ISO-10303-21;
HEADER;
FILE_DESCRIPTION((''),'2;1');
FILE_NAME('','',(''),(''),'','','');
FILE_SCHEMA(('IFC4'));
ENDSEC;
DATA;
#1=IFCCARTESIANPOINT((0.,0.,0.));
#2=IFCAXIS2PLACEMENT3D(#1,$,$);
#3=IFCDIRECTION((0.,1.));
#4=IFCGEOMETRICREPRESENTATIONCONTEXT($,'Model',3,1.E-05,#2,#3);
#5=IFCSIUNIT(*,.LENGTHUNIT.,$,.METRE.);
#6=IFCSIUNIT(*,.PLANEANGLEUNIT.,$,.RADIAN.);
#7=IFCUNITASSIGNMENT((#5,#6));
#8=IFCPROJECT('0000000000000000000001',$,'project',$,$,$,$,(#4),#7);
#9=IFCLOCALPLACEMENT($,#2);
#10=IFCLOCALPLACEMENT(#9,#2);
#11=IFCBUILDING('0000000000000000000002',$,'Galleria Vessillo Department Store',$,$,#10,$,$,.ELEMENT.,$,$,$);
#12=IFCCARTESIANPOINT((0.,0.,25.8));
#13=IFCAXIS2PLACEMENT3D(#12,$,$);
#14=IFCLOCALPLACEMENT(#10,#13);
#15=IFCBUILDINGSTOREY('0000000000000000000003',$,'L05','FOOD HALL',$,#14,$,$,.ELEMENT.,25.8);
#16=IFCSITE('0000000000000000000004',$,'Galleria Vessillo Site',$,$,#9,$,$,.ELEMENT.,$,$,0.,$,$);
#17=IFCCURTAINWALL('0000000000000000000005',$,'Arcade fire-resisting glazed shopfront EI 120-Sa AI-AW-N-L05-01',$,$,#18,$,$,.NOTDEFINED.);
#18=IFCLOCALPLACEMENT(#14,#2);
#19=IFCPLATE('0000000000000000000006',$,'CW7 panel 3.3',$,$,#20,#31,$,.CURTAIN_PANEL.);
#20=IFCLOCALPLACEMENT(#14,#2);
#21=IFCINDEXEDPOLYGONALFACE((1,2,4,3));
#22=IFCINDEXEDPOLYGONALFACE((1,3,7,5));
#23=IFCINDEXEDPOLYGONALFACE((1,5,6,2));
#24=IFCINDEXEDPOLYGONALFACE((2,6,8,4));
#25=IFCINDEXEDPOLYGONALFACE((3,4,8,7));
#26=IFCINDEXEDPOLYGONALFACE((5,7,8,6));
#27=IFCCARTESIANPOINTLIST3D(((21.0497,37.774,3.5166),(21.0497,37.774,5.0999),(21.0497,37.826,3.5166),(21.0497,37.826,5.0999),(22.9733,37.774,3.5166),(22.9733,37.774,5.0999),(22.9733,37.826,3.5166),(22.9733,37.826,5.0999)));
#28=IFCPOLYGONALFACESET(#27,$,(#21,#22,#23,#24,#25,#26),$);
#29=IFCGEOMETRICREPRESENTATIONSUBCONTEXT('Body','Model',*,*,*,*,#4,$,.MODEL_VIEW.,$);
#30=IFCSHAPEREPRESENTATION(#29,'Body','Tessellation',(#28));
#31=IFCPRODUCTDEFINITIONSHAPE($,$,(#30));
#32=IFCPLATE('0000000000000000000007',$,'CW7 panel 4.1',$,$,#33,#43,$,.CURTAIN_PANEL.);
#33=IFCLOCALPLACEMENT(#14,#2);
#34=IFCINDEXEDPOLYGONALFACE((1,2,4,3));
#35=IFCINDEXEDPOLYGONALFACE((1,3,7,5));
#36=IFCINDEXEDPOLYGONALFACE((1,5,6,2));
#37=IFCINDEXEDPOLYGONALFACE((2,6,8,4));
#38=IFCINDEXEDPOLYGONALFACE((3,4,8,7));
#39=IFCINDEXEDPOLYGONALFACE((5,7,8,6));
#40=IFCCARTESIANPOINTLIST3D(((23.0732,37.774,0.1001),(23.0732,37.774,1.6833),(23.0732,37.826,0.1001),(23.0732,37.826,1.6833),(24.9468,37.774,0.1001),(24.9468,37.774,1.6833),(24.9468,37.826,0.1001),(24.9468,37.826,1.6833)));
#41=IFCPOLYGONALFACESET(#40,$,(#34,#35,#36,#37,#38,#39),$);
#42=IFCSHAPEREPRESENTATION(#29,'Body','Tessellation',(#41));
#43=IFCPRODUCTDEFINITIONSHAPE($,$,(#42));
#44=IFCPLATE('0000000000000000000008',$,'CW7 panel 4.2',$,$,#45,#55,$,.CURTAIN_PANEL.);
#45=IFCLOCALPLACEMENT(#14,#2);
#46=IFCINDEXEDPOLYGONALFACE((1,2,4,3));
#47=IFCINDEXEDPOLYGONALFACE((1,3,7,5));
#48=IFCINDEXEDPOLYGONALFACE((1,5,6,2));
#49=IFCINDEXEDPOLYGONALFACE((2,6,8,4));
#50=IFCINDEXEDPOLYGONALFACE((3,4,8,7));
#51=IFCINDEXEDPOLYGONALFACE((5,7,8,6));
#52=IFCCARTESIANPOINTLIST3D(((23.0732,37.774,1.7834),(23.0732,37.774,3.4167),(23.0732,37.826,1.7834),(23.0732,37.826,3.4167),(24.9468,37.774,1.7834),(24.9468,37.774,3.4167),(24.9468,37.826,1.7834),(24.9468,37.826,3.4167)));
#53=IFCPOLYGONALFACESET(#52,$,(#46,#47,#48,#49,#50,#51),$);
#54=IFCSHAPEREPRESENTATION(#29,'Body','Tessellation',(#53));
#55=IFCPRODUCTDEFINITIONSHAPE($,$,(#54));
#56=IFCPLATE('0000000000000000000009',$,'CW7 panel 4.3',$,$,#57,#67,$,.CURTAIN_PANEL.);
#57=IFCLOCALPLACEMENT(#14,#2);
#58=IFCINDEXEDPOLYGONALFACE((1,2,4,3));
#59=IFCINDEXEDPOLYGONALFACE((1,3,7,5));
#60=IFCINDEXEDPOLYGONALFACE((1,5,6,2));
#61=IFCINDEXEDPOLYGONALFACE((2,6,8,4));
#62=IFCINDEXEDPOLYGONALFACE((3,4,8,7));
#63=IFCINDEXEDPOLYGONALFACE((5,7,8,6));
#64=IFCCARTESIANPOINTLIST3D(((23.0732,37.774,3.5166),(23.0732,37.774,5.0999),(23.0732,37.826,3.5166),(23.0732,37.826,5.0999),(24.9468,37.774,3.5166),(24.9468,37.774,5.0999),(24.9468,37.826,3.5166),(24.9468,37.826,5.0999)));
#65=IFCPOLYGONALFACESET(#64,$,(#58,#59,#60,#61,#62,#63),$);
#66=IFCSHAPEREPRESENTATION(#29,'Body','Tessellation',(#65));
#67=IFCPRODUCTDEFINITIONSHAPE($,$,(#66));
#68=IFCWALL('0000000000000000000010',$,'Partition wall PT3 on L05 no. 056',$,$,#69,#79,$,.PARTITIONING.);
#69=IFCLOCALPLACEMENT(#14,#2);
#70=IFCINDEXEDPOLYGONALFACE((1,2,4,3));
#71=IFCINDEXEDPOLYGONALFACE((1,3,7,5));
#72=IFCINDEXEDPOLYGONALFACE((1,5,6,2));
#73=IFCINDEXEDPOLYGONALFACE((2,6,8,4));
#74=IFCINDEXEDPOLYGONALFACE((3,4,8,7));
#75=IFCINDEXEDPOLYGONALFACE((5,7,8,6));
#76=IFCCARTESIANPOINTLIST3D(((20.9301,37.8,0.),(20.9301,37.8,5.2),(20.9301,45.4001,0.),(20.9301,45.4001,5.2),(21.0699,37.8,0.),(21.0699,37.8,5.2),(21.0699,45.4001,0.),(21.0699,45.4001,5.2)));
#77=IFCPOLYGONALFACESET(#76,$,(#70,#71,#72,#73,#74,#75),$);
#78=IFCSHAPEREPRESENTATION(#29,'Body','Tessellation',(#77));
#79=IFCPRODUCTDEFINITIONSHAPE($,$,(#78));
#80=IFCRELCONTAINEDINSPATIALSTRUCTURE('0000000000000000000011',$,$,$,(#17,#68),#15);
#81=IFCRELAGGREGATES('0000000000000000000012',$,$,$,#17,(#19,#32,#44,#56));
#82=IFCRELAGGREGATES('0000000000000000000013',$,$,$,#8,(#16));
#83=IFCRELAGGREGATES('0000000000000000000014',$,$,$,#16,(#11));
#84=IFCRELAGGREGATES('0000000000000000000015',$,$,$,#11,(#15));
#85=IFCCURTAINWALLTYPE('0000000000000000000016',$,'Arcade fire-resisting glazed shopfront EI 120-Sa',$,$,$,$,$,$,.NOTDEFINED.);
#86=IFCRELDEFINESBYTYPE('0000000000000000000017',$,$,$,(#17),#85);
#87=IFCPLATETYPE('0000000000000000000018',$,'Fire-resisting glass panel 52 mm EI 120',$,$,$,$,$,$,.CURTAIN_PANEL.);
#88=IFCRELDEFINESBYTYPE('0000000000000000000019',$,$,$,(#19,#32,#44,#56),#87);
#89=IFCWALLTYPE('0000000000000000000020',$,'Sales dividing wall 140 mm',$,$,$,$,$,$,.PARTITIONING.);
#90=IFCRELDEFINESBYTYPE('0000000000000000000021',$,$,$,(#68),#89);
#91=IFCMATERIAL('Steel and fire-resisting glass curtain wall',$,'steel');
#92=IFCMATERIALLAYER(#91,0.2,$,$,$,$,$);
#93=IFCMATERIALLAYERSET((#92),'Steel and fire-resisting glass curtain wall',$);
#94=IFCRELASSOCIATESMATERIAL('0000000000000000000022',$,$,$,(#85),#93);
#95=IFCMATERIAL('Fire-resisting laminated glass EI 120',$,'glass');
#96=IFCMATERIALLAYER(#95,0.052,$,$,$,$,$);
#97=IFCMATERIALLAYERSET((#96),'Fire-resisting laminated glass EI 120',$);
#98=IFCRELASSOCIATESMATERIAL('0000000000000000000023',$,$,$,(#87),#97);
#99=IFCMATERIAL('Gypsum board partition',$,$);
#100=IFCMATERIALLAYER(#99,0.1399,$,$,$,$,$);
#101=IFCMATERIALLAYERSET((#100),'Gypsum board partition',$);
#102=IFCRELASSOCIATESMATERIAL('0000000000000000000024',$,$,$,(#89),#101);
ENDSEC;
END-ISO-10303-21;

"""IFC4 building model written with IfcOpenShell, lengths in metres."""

from ifc_helpers import new_model, si_unit, direction, frame, frame_2d, origin, origin_2d, place, context, subcontext, project, spatial, rectangle, extrude, material, layer, layer_set, type_object, element, aggregate, save


model = new_model("IFC4")

# Units and contexts
model_context = context("Model", 3, precision=1e-05, world=origin(), true_north=direction((0.0, 1.0)))
body_context = subcontext(model_context, "Body", "Model", "MODEL_VIEW")
ifc_project = project(units=[si_unit("LENGTHUNIT", "METRE"), si_unit("PLANEANGLEUNIT", "RADIAN")], contexts=[model_context])

# Site, building, storey
site_placement = place(None, origin())
site = spatial("IfcSite", under=ifc_project, at=site_placement, Name="Galleria Vessillo Site", CompositionType="ELEMENT", RefElevation=0.0)
building_placement = place(site_placement, origin())
building = spatial("IfcBuilding", under=site, at=building_placement, Name="Galleria Vessillo Department Store", CompositionType="ELEMENT")
storey_placement = place(building_placement, frame((0.0, 0.0, 25.8)))
storey = spatial("IfcBuildingStorey", under=building, at=storey_placement, Name="L05", Description="FOOD HALL", CompositionType="ELEMENT", Elevation=25.8)

# Curtain wall, plates
ifc_material_1 = material(Name="Steel and fire-resisting glass curtain wall", Category="steel")
ifc_layer_1 = layer(ifc_material_1, 0.2)
ifc_layer_set_1 = layer_set([ifc_layer_1], Name="Steel and fire-resisting glass curtain wall")
curtain_wall_type = type_object("IfcCurtainWallType", Name="Arcade fire-resisting glazed shopfront EI 120-Sa", PredefinedType="NOTDEFINED", material=ifc_layer_set_1)
curtain_wall_placement = place(storey_placement, origin())
curtain_wall = element("IfcCurtainWall", 1, at=curtain_wall_placement, inside=storey, type_object=curtain_wall_type, Name="Arcade fire-resisting glazed shopfront EI 120-Sa AI-AW-N-L05-01", PredefinedType="NOTDEFINED")
ifc_material_2 = material(Name="Fire-resisting laminated glass EI 120", Category="glass")
ifc_layer_2 = layer(ifc_material_2, 0.052)
ifc_layer_set_2 = layer_set([ifc_layer_2], Name="Fire-resisting laminated glass EI 120")
plate_type = type_object("IfcPlateType", Name="Fire-resisting glass panel 52 mm EI 120", PredefinedType="CURTAIN_PANEL", material=ifc_layer_set_2)
plate_1_placement = place(storey_placement, frame((22.0115, 37.8, 3.5166), z_axis=(0.0, 0.0, 1.0), x_axis=(1.0, 0.0, 0.0)))
plate_1 = element("IfcPlate", 2, at=plate_1_placement, type_object=plate_type, Name="CW7 panel 3.3", PredefinedType="CURTAIN_PANEL", context=body_context, shape_type="SweptSolid", body=[
    extrude(rectangle(XDim=1.9236, YDim=0.052, at=origin_2d()), origin(), (0.0, 0.0, 1.0), 1.5833),
])
plate_2_placement = place(storey_placement, frame((24.01, 37.8, 0.1001), z_axis=(0.0, 0.0, 1.0), x_axis=(1.0, 0.0, 0.0)))
plate_2 = element("IfcPlate", 3, at=plate_2_placement, type_object=plate_type, Name="CW7 panel 4.1", PredefinedType="CURTAIN_PANEL", context=body_context, shape_type="SweptSolid", body=[
    extrude(rectangle(XDim=1.8735, YDim=0.052, at=origin_2d()), origin(), (0.0, 0.0, 1.0), 1.5833),
])
plate_3_placement = place(storey_placement, frame((24.01, 37.8, 1.7834), z_axis=(0.0, 0.0, 1.0), x_axis=(1.0, 0.0, 0.0)))
plate_3 = element("IfcPlate", 4, at=plate_3_placement, type_object=plate_type, Name="CW7 panel 4.2", PredefinedType="CURTAIN_PANEL", context=body_context, shape_type="SweptSolid", body=[
    extrude(rectangle(XDim=1.8735, YDim=0.052, at=origin_2d()), origin(), (0.0, 0.0, 1.0), 1.6333),
])
plate_4_placement = place(storey_placement, frame((24.01, 37.8, 3.5166), z_axis=(0.0, 0.0, 1.0), x_axis=(1.0, 0.0, 0.0)))
plate_4 = element("IfcPlate", 5, at=plate_4_placement, type_object=plate_type, Name="CW7 panel 4.3", PredefinedType="CURTAIN_PANEL", context=body_context, shape_type="SweptSolid", body=[
    extrude(rectangle(XDim=1.8735, YDim=0.052, at=origin_2d()), origin(), (0.0, 0.0, 1.0), 1.5833),
])
aggregate(curtain_wall, [plate_1, plate_2, plate_3, plate_4])

# Wall
ifc_material_3 = material(Name="Gypsum board partition")
ifc_layer_3 = layer(ifc_material_3, 0.1399)
ifc_layer_set_3 = layer_set([ifc_layer_3], Name="Gypsum board partition")
wall_type = type_object("IfcWallType", Name="Sales dividing wall 140 mm", PredefinedType="PARTITIONING", material=ifc_layer_set_3)
wall_placement = place(storey_placement, frame((21.0, 37.8, 0.0), z_axis=(0.0, 0.0, 1.0), x_axis=(0.0, 1.0, 0.0)))
element("IfcWall", 6, at=wall_placement, inside=storey, type_object=wall_type, Name="Partition wall PT3 on L05 no. 056", PredefinedType="PARTITIONING", context=body_context, shape_type="SweptSolid", body=[
    extrude(rectangle(XDim=7.6001, YDim=0.1399, at=frame_2d((3.8, 0.0))), origin(), (0.0, 0.0, 1.0), 5.2),
])

save(model, "model.ifc")
